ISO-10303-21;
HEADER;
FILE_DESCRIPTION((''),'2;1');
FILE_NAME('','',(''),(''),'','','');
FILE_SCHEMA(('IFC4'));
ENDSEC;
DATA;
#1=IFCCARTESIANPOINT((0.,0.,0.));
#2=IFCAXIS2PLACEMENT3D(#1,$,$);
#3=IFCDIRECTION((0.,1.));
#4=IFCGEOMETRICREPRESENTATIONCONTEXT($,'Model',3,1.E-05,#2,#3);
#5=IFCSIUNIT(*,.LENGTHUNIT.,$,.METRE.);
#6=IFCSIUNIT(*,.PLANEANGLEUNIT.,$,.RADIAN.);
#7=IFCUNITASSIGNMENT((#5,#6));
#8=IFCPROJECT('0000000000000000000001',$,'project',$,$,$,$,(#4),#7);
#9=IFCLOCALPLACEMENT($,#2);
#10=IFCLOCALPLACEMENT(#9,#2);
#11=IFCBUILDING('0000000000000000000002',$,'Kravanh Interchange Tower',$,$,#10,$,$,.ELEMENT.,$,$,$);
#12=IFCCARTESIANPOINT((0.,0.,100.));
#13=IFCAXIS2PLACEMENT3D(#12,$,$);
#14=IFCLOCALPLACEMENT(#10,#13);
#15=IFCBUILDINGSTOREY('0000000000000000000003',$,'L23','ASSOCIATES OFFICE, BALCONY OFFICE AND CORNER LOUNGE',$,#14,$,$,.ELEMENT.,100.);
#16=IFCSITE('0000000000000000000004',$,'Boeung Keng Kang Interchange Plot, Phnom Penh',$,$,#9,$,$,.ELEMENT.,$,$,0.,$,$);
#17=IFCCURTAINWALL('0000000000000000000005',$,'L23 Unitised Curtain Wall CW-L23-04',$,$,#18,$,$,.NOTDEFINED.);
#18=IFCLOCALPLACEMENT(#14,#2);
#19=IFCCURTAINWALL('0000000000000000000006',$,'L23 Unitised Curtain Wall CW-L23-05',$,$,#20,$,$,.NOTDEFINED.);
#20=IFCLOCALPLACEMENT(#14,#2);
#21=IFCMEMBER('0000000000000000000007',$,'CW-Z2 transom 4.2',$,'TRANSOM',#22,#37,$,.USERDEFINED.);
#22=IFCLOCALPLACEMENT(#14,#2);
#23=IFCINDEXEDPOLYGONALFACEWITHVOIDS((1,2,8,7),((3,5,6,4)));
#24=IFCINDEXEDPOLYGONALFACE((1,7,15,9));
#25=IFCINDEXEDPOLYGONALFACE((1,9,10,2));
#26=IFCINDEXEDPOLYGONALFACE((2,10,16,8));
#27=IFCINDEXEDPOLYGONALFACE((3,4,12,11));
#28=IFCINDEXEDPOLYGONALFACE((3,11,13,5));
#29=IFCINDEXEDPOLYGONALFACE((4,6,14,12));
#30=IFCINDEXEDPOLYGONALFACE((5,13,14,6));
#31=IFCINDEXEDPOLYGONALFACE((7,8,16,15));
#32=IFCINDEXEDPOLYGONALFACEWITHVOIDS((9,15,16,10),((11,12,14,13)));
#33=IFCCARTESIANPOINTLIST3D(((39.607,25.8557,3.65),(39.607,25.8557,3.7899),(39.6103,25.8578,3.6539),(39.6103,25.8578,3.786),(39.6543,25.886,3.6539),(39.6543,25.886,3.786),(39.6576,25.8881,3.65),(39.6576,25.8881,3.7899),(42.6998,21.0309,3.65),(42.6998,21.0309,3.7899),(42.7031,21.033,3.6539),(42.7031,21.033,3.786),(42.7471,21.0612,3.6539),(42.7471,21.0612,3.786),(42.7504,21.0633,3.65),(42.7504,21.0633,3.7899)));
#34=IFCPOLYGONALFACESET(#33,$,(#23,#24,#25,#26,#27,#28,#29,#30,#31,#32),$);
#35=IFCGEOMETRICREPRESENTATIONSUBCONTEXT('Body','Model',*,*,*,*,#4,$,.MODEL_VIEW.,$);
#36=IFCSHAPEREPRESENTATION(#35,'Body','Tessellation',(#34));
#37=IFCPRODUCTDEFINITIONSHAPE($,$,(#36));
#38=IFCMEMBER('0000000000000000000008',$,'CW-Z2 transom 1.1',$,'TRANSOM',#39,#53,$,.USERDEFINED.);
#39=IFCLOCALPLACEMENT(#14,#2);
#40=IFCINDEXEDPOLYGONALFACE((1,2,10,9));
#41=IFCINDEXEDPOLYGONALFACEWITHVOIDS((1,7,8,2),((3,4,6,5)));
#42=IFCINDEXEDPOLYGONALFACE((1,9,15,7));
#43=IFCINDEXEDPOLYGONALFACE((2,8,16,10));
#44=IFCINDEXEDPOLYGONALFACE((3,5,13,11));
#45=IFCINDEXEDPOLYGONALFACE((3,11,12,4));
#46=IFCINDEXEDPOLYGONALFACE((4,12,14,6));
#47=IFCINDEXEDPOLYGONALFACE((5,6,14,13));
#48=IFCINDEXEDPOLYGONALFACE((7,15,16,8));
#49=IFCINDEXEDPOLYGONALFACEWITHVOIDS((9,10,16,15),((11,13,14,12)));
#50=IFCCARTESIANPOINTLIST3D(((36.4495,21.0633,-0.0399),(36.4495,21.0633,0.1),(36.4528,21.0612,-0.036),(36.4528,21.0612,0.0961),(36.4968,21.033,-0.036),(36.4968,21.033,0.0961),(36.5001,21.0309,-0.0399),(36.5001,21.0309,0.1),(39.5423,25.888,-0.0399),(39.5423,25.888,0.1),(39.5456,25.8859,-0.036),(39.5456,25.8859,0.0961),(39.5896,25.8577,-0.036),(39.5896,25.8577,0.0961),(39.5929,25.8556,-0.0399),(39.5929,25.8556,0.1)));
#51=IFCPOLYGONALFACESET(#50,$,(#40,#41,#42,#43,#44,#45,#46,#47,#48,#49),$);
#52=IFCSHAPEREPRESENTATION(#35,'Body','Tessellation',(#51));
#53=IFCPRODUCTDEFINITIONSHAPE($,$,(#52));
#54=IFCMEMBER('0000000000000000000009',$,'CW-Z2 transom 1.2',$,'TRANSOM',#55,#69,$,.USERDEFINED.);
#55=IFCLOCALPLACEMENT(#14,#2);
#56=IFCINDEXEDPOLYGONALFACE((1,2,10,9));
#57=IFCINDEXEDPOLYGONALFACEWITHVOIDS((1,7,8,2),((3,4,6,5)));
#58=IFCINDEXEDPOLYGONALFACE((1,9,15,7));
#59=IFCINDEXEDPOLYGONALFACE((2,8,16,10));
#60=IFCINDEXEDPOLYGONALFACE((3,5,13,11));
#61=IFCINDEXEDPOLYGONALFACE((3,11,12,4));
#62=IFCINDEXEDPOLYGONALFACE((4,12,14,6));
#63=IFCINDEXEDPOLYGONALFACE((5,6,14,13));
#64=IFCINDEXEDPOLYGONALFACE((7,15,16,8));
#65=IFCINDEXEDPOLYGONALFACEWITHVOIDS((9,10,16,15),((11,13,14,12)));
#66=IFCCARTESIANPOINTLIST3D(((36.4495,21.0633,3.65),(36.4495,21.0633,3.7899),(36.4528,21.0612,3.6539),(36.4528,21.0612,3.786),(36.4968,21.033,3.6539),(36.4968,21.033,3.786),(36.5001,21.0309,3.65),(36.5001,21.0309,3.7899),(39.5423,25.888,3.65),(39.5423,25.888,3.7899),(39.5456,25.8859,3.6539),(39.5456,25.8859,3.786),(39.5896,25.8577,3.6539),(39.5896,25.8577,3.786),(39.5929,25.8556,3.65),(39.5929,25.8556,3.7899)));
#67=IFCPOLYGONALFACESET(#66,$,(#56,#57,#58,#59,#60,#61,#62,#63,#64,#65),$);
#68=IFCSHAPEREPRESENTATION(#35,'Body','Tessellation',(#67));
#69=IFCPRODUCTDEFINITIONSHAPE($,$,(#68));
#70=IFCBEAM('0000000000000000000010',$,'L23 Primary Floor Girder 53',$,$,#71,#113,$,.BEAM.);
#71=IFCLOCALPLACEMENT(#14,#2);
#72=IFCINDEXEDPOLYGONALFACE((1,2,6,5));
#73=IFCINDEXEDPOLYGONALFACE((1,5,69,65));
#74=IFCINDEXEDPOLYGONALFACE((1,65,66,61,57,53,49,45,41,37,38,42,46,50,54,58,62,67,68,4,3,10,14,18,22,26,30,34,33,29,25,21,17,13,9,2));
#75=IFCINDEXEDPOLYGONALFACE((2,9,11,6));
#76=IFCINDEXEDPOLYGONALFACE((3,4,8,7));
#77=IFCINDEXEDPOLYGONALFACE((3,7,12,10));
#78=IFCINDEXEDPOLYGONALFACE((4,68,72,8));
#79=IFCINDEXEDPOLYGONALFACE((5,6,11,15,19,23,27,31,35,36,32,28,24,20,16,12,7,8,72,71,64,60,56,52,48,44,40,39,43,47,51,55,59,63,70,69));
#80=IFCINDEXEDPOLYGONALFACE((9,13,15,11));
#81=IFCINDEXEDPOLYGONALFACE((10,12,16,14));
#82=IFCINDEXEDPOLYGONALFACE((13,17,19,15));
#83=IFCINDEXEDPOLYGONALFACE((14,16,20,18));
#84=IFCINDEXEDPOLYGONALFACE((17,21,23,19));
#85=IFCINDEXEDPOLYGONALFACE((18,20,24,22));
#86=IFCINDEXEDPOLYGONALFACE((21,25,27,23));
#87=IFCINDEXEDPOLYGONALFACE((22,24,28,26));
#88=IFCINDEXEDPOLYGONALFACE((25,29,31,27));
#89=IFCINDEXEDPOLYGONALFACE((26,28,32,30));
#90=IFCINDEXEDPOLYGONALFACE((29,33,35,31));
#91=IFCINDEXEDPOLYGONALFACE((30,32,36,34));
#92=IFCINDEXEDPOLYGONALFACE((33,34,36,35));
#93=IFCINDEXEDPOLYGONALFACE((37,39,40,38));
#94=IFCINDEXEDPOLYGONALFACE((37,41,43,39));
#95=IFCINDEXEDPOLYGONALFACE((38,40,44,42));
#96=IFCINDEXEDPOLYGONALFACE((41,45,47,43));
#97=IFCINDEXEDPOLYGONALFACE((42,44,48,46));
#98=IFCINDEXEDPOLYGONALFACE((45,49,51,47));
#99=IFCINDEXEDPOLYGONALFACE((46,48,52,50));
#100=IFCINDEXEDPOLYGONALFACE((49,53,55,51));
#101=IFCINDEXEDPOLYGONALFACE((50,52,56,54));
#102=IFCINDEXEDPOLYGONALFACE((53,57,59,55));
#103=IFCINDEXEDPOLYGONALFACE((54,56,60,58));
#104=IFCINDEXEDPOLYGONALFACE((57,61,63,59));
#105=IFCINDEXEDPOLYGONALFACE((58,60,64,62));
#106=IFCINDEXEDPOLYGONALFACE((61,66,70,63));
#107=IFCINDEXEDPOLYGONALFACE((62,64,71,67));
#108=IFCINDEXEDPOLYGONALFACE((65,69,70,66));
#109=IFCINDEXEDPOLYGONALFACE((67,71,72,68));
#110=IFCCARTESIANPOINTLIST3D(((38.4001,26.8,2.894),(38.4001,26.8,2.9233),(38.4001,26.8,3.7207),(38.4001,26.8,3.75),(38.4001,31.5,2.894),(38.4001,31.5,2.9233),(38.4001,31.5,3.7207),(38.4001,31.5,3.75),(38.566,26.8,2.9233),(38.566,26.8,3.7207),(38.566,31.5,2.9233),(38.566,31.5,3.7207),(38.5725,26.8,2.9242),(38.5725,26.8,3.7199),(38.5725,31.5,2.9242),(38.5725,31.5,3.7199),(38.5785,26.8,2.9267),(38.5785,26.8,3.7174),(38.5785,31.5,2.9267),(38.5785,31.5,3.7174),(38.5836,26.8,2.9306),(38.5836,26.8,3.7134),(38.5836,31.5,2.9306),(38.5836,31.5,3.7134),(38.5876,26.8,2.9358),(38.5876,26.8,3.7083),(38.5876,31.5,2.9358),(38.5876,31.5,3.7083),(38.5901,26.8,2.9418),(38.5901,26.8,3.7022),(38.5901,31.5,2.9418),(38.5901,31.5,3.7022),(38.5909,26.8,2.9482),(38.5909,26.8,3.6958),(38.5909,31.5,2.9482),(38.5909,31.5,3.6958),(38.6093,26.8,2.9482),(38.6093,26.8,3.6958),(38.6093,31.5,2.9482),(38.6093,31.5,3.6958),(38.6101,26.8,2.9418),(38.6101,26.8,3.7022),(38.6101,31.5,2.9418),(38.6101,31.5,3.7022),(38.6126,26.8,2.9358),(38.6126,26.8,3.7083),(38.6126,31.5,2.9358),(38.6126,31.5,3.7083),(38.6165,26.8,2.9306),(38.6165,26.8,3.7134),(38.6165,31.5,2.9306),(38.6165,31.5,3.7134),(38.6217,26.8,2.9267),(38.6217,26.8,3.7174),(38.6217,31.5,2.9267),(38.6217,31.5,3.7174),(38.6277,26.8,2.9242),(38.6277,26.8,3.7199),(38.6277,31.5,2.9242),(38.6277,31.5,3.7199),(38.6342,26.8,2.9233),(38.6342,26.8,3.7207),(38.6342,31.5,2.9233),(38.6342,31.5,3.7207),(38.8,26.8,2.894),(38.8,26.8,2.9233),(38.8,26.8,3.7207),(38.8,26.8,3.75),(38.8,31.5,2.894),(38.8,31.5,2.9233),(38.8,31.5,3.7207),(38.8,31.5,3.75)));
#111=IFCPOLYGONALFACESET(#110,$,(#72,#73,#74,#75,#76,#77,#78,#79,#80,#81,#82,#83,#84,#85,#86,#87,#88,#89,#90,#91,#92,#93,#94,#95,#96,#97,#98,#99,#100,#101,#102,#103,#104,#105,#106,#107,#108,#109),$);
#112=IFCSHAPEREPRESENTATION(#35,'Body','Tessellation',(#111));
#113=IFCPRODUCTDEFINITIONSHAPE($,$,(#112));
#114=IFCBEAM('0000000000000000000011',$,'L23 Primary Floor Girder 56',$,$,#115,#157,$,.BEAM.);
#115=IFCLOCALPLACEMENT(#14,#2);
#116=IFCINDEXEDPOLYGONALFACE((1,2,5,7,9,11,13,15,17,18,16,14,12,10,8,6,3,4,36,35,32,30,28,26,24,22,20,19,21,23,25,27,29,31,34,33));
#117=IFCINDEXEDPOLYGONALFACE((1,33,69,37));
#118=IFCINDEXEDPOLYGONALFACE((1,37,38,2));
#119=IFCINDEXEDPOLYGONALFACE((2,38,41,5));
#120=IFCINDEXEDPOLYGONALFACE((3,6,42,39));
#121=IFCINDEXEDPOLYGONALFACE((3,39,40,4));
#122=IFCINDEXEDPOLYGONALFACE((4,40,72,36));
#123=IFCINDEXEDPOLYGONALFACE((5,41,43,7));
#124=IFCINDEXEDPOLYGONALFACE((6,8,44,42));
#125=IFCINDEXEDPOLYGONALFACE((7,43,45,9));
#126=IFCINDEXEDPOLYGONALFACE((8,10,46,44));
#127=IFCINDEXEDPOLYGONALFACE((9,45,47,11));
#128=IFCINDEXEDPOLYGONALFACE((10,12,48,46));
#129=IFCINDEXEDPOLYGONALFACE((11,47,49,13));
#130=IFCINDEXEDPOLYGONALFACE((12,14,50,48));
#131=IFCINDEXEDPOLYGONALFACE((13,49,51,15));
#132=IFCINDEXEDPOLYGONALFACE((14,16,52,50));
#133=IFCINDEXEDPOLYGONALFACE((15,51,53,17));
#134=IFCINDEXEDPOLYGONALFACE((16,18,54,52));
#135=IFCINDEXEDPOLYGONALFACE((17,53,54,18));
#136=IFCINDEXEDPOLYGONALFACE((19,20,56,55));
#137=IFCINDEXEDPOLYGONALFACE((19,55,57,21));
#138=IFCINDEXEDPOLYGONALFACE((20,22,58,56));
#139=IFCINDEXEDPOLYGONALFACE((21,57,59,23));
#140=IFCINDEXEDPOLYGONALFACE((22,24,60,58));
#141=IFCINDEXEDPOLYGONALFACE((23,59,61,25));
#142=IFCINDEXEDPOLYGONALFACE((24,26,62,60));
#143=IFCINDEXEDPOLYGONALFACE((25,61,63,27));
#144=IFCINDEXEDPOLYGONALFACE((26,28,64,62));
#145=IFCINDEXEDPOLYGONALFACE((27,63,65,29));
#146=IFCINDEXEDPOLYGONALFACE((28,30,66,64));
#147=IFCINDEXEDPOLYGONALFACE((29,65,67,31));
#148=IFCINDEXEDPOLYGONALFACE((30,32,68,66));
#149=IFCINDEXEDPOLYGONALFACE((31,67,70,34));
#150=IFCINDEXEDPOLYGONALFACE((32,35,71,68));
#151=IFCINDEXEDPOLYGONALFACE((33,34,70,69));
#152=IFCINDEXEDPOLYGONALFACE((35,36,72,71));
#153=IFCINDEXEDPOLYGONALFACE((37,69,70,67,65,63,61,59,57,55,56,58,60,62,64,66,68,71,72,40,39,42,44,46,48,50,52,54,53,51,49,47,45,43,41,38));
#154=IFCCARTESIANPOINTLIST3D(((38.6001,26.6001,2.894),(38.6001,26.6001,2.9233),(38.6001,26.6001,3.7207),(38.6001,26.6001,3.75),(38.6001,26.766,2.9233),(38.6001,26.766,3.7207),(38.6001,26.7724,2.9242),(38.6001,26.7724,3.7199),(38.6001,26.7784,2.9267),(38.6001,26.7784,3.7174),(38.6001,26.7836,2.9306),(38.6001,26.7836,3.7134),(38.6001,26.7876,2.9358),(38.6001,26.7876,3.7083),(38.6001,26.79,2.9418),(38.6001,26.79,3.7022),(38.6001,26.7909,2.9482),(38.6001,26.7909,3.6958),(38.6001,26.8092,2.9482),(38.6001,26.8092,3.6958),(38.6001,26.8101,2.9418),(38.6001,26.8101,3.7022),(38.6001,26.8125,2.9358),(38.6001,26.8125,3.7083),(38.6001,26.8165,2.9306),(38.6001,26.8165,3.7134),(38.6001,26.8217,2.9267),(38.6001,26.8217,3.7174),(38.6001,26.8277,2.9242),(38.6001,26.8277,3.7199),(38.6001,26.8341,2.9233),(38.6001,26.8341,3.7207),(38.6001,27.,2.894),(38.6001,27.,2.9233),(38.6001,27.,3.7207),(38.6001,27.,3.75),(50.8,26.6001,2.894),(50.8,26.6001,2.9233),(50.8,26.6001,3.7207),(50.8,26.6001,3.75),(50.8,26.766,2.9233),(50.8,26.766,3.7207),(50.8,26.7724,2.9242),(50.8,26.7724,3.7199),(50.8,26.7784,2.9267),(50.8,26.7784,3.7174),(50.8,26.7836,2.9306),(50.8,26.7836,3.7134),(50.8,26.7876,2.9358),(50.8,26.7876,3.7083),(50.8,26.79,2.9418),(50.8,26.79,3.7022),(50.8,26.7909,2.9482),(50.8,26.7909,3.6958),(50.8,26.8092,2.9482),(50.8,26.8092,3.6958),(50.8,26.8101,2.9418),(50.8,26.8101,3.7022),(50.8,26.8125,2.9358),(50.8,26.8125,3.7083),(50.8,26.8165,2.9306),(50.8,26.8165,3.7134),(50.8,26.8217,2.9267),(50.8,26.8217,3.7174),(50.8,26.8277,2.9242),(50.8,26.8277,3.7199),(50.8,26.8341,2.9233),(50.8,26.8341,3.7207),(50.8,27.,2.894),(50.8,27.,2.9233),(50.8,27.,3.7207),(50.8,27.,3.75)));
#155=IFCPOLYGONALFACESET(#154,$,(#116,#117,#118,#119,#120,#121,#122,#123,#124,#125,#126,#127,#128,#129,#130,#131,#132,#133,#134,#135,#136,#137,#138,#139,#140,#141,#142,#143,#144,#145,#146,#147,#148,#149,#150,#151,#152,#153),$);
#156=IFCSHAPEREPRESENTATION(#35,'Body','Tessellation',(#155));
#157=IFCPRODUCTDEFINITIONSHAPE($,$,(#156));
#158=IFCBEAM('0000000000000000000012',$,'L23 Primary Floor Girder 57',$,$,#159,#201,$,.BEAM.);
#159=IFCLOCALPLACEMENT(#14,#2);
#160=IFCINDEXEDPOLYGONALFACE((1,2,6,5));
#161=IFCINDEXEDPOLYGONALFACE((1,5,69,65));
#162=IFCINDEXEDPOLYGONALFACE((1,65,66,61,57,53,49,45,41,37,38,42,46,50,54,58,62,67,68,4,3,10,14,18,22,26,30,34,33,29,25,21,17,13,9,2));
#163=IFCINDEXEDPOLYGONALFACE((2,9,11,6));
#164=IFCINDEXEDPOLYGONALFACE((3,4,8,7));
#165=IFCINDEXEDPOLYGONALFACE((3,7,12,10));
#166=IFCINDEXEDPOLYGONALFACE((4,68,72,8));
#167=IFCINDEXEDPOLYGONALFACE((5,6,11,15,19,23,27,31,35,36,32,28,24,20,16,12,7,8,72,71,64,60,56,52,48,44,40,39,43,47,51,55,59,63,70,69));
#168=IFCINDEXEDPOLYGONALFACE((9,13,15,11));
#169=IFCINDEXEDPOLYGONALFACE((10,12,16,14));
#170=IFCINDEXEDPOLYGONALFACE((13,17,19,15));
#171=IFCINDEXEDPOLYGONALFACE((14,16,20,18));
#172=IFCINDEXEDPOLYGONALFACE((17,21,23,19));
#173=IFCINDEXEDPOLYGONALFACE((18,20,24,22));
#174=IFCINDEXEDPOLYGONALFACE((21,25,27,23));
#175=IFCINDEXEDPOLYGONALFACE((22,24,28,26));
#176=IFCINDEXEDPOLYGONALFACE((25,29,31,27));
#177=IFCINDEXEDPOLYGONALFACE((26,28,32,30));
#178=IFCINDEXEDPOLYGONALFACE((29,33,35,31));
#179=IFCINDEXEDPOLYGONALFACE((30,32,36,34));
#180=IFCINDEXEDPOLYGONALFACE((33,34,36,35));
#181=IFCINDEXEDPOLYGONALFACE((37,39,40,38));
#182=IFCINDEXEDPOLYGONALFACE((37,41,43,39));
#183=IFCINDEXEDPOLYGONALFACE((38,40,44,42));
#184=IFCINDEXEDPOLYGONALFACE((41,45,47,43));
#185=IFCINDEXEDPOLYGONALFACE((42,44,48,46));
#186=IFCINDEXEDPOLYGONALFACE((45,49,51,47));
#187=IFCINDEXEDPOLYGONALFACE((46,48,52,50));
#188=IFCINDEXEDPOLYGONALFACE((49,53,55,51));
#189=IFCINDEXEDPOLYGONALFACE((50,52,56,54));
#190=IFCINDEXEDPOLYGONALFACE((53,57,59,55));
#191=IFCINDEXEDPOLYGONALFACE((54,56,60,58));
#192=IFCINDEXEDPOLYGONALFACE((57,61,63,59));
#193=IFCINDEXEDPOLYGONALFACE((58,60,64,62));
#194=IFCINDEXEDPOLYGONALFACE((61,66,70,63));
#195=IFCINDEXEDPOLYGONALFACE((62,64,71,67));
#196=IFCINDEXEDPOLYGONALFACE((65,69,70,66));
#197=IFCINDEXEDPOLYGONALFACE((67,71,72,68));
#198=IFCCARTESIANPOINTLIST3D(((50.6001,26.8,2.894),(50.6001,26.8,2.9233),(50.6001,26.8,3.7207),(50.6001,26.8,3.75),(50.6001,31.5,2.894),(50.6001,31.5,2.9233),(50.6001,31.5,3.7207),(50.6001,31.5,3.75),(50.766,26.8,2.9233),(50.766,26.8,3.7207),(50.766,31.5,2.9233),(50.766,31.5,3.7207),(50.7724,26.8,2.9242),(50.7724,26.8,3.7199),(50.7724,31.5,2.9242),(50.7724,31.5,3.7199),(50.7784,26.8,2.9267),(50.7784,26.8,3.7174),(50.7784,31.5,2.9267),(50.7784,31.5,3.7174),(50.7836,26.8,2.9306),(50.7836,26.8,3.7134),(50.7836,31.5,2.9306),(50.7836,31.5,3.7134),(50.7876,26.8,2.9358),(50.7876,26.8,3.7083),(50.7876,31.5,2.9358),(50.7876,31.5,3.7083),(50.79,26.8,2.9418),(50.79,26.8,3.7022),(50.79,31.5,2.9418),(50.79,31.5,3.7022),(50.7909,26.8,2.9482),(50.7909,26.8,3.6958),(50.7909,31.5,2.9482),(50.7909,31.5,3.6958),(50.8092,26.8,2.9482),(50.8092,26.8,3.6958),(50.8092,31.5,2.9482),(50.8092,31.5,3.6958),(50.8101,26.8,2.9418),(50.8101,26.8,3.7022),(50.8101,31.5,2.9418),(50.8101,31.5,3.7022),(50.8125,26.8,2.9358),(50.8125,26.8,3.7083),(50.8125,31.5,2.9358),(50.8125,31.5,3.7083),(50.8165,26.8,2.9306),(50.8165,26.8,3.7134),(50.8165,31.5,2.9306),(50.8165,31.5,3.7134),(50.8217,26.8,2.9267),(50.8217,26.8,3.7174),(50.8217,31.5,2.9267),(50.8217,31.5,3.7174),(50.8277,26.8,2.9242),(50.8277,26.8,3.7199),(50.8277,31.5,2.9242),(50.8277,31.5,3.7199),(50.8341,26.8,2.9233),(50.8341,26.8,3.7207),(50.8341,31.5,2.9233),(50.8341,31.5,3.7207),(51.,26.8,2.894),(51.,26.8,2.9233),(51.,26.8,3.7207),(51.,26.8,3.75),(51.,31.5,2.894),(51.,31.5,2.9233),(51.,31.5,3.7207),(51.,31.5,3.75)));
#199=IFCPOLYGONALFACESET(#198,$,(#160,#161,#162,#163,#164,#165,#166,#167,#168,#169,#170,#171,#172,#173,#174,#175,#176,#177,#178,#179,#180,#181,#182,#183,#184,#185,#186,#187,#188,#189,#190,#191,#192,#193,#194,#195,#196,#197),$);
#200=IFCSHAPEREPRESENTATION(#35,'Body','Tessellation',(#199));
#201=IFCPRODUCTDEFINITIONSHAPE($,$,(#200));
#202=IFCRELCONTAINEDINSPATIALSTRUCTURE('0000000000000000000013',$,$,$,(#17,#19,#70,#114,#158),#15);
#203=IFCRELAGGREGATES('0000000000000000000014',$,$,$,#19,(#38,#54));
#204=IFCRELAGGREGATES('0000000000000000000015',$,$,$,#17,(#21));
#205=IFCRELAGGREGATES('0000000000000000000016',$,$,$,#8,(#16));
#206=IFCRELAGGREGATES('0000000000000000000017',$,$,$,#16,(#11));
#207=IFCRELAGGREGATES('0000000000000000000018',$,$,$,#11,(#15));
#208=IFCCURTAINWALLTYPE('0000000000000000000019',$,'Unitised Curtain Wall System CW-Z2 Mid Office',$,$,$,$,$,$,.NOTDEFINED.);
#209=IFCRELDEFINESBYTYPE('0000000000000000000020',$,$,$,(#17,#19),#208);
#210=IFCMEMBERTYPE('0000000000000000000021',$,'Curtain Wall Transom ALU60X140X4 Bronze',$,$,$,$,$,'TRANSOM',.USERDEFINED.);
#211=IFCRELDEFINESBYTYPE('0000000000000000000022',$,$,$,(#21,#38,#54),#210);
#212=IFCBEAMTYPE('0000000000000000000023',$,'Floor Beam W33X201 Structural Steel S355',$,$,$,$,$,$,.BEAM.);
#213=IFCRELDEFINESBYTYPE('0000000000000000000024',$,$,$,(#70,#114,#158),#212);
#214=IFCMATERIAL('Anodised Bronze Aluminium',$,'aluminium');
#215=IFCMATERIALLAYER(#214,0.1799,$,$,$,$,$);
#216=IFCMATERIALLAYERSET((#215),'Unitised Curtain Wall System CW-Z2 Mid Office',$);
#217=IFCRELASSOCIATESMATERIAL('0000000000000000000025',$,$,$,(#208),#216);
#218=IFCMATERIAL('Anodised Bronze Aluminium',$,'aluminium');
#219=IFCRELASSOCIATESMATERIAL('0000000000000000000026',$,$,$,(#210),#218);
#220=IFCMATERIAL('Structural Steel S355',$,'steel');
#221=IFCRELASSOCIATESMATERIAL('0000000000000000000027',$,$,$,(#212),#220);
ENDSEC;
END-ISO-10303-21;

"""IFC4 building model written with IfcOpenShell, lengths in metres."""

from ifc_helpers import new_model, si_unit, direction, frame, origin, origin_2d, place, context, subcontext, project, spatial, hollow_rectangle, i_section, extrude, material, layer, layer_set, material_profile, profile_set, type_object, element, aggregate, save


model = new_model("IFC4")

# Units and contexts
model_context = context("Model", 3, precision=1e-05, world=origin(), true_north=direction((0.0, 1.0)))
body_context = subcontext(model_context, "Body", "Model", "MODEL_VIEW")
ifc_project = project(units=[si_unit("LENGTHUNIT", "METRE"), si_unit("PLANEANGLEUNIT", "RADIAN")], contexts=[model_context])

# Site, building, storey
site_placement = place(None, origin())
site = spatial("IfcSite", under=ifc_project, at=site_placement, Name="Boeung Keng Kang Interchange Plot, Phnom Penh", CompositionType="ELEMENT", RefElevation=0.0)
building_placement = place(site_placement, origin())
building = spatial("IfcBuilding", under=site, at=building_placement, Name="Kravanh Interchange Tower", CompositionType="ELEMENT")
storey_placement = place(building_placement, frame((0.0, 0.0, 100.0)))
storey = spatial("IfcBuildingStorey", under=building, at=storey_placement, Name="L23", Description="ASSOCIATES OFFICE, BALCONY OFFICE AND CORNER LOUNGE", CompositionType="ELEMENT", Elevation=100.0)

# Curtain wall
ifc_material_1 = material(Name="Anodised Bronze Aluminium", Category="aluminium")
ifc_layer_1 = layer(ifc_material_1, 0.1799)
ifc_layer_set_1 = layer_set([ifc_layer_1], Name="Unitised Curtain Wall System CW-Z2 Mid Office")
curtain_wall_type = type_object("IfcCurtainWallType", Name="Unitised Curtain Wall System CW-Z2 Mid Office", PredefinedType="NOTDEFINED", material=ifc_layer_set_1)
curtain_wall_1_placement = place(storey_placement, origin())
curtain_wall_1 = element("IfcCurtainWall", 1, at=curtain_wall_1_placement, inside=storey, type_object=curtain_wall_type, Name="L23 Unitised Curtain Wall CW-L23-04", PredefinedType="NOTDEFINED")

# Curtain wall
curtain_wall_2_placement = place(storey_placement, origin())
curtain_wall_2 = element("IfcCurtainWall", 2, at=curtain_wall_2_placement, inside=storey, type_object=curtain_wall_type, Name="L23 Unitised Curtain Wall CW-L23-05", PredefinedType="NOTDEFINED")

# Members
ifc_material_2 = material(Name="Anodised Bronze Aluminium", Category="aluminium")
ifc_material_profile_1 = material_profile(ifc_material_2, hollow_rectangle(XDim=0.0601, YDim=0.1399, WallThickness=0.0039, at=origin_2d()), Name="ALU60X140X4")
ifc_profile_set_1 = profile_set([ifc_material_profile_1], Name="Anodised Bronze Aluminium")
member_type_1 = type_object("IfcMemberType", Name="Curtain Wall Transom ALU60X140X4 Bronze", ElementType="TRANSOM", PredefinedType="USERDEFINED", material=ifc_profile_set_1)
member_1_placement = place(storey_placement, frame((42.7251, 21.0471, 3.72), z_axis=(-0.539668, 0.841878, 0.0), x_axis=(-0.841878, -0.539668, 0.0)))
member_1 = element("IfcMember", 3, at=member_1_placement, type_object=member_type_1, Name="CW-Z2 transom 4.2", ObjectType="TRANSOM", PredefinedType="USERDEFINED", context=body_context, shape_type="SweptSolid", body=[
    extrude(hollow_rectangle(XDim=0.0601, YDim=0.1399, WallThickness=0.0039, at=origin_2d()), origin(), (0.0, 0.0, 1.0), 5.731),
])
member_2_placement = place(storey_placement, frame((39.5676, 25.8718, 0.03), z_axis=(-0.539668, -0.841878, 0.0), x_axis=(0.841878, -0.539668, 0.0)))
member_2 = element("IfcMember", 4, at=member_2_placement, type_object=member_type_1, Name="CW-Z2 transom 1.1", ObjectType="TRANSOM", PredefinedType="USERDEFINED", context=body_context, shape_type="SweptSolid", body=[
    extrude(hollow_rectangle(XDim=0.0601, YDim=0.1399, WallThickness=0.0039, at=origin_2d()), origin(), (0.0, 0.0, 1.0), 5.731),
])
member_3_placement = place(storey_placement, frame((39.5676, 25.8718, 3.72), z_axis=(-0.539668, -0.841878, 0.0), x_axis=(0.841878, -0.539668, 0.0)))
member_3 = element("IfcMember", 5, at=member_3_placement, type_object=member_type_1, Name="CW-Z2 transom 1.2", ObjectType="TRANSOM", PredefinedType="USERDEFINED", context=body_context, shape_type="SweptSolid", body=[
    extrude(hollow_rectangle(XDim=0.0601, YDim=0.1399, WallThickness=0.0039, at=origin_2d()), origin(), (0.0, 0.0, 1.0), 5.731),
])
aggregate(curtain_wall_2, [member_2, member_3])

# Beams
ifc_material_3 = material(Name="Structural Steel S355", Category="steel")
ifc_material_profile_2 = material_profile(ifc_material_3, i_section(OverallWidth=0.3999, OverallDepth=0.856, WebThickness=0.0183, FlangeThickness=0.0293, FilletRadius=0.0249, at=origin_2d()), Name="W33X201")
ifc_profile_set_2 = profile_set([ifc_material_profile_2], Name="Structural Steel S355")
beam_type_1 = type_object("IfcBeamType", Name="Floor Beam W33X201 Structural Steel S355", PredefinedType="BEAM", material=ifc_profile_set_2)
beam_1_placement = place(storey_placement, frame((38.6001, 26.8, 3.322), z_axis=(0.0, 1.0, 0.0), x_axis=(-1.0, 0.0, 0.0)))
element("IfcBeam", 6, at=beam_1_placement, inside=storey, type_object=beam_type_1, Name="L23 Primary Floor Girder 53", PredefinedType="BEAM", context=body_context, shape_type="SweptSolid", body=[
    extrude(i_section(OverallWidth=0.3999, OverallDepth=0.856, WebThickness=0.0183, FlangeThickness=0.0293, FilletRadius=0.0249, at=origin_2d()), origin(), (0.0, 0.0, 1.0), 4.7),
])
beam_2_placement = place(storey_placement, frame((38.6001, 26.8, 3.322), z_axis=(1.0, 0.0, 0.0), x_axis=(0.0, 1.0, 0.0)))
element("IfcBeam", 7, at=beam_2_placement, inside=storey, type_object=beam_type_1, Name="L23 Primary Floor Girder 56", PredefinedType="BEAM", context=body_context, shape_type="SweptSolid", body=[
    extrude(i_section(OverallWidth=0.3999, OverallDepth=0.856, WebThickness=0.0183, FlangeThickness=0.0293, FilletRadius=0.0249, at=origin_2d()), origin(), (0.0, 0.0, 1.0), 12.2),
])
beam_3_placement = place(storey_placement, frame((50.8, 26.8, 3.322), z_axis=(0.0, 1.0, 0.0), x_axis=(-1.0, 0.0, 0.0)))
element("IfcBeam", 8, at=beam_3_placement, inside=storey, type_object=beam_type_1, Name="L23 Primary Floor Girder 57", PredefinedType="BEAM", context=body_context, shape_type="SweptSolid", body=[
    extrude(i_section(OverallWidth=0.3999, OverallDepth=0.856, WebThickness=0.0183, FlangeThickness=0.0293, FilletRadius=0.0249, at=origin_2d()), origin(), (0.0, 0.0, 1.0), 4.7),
])

aggregate(curtain_wall_1, [member_1])

save(model, "model.ifc")
